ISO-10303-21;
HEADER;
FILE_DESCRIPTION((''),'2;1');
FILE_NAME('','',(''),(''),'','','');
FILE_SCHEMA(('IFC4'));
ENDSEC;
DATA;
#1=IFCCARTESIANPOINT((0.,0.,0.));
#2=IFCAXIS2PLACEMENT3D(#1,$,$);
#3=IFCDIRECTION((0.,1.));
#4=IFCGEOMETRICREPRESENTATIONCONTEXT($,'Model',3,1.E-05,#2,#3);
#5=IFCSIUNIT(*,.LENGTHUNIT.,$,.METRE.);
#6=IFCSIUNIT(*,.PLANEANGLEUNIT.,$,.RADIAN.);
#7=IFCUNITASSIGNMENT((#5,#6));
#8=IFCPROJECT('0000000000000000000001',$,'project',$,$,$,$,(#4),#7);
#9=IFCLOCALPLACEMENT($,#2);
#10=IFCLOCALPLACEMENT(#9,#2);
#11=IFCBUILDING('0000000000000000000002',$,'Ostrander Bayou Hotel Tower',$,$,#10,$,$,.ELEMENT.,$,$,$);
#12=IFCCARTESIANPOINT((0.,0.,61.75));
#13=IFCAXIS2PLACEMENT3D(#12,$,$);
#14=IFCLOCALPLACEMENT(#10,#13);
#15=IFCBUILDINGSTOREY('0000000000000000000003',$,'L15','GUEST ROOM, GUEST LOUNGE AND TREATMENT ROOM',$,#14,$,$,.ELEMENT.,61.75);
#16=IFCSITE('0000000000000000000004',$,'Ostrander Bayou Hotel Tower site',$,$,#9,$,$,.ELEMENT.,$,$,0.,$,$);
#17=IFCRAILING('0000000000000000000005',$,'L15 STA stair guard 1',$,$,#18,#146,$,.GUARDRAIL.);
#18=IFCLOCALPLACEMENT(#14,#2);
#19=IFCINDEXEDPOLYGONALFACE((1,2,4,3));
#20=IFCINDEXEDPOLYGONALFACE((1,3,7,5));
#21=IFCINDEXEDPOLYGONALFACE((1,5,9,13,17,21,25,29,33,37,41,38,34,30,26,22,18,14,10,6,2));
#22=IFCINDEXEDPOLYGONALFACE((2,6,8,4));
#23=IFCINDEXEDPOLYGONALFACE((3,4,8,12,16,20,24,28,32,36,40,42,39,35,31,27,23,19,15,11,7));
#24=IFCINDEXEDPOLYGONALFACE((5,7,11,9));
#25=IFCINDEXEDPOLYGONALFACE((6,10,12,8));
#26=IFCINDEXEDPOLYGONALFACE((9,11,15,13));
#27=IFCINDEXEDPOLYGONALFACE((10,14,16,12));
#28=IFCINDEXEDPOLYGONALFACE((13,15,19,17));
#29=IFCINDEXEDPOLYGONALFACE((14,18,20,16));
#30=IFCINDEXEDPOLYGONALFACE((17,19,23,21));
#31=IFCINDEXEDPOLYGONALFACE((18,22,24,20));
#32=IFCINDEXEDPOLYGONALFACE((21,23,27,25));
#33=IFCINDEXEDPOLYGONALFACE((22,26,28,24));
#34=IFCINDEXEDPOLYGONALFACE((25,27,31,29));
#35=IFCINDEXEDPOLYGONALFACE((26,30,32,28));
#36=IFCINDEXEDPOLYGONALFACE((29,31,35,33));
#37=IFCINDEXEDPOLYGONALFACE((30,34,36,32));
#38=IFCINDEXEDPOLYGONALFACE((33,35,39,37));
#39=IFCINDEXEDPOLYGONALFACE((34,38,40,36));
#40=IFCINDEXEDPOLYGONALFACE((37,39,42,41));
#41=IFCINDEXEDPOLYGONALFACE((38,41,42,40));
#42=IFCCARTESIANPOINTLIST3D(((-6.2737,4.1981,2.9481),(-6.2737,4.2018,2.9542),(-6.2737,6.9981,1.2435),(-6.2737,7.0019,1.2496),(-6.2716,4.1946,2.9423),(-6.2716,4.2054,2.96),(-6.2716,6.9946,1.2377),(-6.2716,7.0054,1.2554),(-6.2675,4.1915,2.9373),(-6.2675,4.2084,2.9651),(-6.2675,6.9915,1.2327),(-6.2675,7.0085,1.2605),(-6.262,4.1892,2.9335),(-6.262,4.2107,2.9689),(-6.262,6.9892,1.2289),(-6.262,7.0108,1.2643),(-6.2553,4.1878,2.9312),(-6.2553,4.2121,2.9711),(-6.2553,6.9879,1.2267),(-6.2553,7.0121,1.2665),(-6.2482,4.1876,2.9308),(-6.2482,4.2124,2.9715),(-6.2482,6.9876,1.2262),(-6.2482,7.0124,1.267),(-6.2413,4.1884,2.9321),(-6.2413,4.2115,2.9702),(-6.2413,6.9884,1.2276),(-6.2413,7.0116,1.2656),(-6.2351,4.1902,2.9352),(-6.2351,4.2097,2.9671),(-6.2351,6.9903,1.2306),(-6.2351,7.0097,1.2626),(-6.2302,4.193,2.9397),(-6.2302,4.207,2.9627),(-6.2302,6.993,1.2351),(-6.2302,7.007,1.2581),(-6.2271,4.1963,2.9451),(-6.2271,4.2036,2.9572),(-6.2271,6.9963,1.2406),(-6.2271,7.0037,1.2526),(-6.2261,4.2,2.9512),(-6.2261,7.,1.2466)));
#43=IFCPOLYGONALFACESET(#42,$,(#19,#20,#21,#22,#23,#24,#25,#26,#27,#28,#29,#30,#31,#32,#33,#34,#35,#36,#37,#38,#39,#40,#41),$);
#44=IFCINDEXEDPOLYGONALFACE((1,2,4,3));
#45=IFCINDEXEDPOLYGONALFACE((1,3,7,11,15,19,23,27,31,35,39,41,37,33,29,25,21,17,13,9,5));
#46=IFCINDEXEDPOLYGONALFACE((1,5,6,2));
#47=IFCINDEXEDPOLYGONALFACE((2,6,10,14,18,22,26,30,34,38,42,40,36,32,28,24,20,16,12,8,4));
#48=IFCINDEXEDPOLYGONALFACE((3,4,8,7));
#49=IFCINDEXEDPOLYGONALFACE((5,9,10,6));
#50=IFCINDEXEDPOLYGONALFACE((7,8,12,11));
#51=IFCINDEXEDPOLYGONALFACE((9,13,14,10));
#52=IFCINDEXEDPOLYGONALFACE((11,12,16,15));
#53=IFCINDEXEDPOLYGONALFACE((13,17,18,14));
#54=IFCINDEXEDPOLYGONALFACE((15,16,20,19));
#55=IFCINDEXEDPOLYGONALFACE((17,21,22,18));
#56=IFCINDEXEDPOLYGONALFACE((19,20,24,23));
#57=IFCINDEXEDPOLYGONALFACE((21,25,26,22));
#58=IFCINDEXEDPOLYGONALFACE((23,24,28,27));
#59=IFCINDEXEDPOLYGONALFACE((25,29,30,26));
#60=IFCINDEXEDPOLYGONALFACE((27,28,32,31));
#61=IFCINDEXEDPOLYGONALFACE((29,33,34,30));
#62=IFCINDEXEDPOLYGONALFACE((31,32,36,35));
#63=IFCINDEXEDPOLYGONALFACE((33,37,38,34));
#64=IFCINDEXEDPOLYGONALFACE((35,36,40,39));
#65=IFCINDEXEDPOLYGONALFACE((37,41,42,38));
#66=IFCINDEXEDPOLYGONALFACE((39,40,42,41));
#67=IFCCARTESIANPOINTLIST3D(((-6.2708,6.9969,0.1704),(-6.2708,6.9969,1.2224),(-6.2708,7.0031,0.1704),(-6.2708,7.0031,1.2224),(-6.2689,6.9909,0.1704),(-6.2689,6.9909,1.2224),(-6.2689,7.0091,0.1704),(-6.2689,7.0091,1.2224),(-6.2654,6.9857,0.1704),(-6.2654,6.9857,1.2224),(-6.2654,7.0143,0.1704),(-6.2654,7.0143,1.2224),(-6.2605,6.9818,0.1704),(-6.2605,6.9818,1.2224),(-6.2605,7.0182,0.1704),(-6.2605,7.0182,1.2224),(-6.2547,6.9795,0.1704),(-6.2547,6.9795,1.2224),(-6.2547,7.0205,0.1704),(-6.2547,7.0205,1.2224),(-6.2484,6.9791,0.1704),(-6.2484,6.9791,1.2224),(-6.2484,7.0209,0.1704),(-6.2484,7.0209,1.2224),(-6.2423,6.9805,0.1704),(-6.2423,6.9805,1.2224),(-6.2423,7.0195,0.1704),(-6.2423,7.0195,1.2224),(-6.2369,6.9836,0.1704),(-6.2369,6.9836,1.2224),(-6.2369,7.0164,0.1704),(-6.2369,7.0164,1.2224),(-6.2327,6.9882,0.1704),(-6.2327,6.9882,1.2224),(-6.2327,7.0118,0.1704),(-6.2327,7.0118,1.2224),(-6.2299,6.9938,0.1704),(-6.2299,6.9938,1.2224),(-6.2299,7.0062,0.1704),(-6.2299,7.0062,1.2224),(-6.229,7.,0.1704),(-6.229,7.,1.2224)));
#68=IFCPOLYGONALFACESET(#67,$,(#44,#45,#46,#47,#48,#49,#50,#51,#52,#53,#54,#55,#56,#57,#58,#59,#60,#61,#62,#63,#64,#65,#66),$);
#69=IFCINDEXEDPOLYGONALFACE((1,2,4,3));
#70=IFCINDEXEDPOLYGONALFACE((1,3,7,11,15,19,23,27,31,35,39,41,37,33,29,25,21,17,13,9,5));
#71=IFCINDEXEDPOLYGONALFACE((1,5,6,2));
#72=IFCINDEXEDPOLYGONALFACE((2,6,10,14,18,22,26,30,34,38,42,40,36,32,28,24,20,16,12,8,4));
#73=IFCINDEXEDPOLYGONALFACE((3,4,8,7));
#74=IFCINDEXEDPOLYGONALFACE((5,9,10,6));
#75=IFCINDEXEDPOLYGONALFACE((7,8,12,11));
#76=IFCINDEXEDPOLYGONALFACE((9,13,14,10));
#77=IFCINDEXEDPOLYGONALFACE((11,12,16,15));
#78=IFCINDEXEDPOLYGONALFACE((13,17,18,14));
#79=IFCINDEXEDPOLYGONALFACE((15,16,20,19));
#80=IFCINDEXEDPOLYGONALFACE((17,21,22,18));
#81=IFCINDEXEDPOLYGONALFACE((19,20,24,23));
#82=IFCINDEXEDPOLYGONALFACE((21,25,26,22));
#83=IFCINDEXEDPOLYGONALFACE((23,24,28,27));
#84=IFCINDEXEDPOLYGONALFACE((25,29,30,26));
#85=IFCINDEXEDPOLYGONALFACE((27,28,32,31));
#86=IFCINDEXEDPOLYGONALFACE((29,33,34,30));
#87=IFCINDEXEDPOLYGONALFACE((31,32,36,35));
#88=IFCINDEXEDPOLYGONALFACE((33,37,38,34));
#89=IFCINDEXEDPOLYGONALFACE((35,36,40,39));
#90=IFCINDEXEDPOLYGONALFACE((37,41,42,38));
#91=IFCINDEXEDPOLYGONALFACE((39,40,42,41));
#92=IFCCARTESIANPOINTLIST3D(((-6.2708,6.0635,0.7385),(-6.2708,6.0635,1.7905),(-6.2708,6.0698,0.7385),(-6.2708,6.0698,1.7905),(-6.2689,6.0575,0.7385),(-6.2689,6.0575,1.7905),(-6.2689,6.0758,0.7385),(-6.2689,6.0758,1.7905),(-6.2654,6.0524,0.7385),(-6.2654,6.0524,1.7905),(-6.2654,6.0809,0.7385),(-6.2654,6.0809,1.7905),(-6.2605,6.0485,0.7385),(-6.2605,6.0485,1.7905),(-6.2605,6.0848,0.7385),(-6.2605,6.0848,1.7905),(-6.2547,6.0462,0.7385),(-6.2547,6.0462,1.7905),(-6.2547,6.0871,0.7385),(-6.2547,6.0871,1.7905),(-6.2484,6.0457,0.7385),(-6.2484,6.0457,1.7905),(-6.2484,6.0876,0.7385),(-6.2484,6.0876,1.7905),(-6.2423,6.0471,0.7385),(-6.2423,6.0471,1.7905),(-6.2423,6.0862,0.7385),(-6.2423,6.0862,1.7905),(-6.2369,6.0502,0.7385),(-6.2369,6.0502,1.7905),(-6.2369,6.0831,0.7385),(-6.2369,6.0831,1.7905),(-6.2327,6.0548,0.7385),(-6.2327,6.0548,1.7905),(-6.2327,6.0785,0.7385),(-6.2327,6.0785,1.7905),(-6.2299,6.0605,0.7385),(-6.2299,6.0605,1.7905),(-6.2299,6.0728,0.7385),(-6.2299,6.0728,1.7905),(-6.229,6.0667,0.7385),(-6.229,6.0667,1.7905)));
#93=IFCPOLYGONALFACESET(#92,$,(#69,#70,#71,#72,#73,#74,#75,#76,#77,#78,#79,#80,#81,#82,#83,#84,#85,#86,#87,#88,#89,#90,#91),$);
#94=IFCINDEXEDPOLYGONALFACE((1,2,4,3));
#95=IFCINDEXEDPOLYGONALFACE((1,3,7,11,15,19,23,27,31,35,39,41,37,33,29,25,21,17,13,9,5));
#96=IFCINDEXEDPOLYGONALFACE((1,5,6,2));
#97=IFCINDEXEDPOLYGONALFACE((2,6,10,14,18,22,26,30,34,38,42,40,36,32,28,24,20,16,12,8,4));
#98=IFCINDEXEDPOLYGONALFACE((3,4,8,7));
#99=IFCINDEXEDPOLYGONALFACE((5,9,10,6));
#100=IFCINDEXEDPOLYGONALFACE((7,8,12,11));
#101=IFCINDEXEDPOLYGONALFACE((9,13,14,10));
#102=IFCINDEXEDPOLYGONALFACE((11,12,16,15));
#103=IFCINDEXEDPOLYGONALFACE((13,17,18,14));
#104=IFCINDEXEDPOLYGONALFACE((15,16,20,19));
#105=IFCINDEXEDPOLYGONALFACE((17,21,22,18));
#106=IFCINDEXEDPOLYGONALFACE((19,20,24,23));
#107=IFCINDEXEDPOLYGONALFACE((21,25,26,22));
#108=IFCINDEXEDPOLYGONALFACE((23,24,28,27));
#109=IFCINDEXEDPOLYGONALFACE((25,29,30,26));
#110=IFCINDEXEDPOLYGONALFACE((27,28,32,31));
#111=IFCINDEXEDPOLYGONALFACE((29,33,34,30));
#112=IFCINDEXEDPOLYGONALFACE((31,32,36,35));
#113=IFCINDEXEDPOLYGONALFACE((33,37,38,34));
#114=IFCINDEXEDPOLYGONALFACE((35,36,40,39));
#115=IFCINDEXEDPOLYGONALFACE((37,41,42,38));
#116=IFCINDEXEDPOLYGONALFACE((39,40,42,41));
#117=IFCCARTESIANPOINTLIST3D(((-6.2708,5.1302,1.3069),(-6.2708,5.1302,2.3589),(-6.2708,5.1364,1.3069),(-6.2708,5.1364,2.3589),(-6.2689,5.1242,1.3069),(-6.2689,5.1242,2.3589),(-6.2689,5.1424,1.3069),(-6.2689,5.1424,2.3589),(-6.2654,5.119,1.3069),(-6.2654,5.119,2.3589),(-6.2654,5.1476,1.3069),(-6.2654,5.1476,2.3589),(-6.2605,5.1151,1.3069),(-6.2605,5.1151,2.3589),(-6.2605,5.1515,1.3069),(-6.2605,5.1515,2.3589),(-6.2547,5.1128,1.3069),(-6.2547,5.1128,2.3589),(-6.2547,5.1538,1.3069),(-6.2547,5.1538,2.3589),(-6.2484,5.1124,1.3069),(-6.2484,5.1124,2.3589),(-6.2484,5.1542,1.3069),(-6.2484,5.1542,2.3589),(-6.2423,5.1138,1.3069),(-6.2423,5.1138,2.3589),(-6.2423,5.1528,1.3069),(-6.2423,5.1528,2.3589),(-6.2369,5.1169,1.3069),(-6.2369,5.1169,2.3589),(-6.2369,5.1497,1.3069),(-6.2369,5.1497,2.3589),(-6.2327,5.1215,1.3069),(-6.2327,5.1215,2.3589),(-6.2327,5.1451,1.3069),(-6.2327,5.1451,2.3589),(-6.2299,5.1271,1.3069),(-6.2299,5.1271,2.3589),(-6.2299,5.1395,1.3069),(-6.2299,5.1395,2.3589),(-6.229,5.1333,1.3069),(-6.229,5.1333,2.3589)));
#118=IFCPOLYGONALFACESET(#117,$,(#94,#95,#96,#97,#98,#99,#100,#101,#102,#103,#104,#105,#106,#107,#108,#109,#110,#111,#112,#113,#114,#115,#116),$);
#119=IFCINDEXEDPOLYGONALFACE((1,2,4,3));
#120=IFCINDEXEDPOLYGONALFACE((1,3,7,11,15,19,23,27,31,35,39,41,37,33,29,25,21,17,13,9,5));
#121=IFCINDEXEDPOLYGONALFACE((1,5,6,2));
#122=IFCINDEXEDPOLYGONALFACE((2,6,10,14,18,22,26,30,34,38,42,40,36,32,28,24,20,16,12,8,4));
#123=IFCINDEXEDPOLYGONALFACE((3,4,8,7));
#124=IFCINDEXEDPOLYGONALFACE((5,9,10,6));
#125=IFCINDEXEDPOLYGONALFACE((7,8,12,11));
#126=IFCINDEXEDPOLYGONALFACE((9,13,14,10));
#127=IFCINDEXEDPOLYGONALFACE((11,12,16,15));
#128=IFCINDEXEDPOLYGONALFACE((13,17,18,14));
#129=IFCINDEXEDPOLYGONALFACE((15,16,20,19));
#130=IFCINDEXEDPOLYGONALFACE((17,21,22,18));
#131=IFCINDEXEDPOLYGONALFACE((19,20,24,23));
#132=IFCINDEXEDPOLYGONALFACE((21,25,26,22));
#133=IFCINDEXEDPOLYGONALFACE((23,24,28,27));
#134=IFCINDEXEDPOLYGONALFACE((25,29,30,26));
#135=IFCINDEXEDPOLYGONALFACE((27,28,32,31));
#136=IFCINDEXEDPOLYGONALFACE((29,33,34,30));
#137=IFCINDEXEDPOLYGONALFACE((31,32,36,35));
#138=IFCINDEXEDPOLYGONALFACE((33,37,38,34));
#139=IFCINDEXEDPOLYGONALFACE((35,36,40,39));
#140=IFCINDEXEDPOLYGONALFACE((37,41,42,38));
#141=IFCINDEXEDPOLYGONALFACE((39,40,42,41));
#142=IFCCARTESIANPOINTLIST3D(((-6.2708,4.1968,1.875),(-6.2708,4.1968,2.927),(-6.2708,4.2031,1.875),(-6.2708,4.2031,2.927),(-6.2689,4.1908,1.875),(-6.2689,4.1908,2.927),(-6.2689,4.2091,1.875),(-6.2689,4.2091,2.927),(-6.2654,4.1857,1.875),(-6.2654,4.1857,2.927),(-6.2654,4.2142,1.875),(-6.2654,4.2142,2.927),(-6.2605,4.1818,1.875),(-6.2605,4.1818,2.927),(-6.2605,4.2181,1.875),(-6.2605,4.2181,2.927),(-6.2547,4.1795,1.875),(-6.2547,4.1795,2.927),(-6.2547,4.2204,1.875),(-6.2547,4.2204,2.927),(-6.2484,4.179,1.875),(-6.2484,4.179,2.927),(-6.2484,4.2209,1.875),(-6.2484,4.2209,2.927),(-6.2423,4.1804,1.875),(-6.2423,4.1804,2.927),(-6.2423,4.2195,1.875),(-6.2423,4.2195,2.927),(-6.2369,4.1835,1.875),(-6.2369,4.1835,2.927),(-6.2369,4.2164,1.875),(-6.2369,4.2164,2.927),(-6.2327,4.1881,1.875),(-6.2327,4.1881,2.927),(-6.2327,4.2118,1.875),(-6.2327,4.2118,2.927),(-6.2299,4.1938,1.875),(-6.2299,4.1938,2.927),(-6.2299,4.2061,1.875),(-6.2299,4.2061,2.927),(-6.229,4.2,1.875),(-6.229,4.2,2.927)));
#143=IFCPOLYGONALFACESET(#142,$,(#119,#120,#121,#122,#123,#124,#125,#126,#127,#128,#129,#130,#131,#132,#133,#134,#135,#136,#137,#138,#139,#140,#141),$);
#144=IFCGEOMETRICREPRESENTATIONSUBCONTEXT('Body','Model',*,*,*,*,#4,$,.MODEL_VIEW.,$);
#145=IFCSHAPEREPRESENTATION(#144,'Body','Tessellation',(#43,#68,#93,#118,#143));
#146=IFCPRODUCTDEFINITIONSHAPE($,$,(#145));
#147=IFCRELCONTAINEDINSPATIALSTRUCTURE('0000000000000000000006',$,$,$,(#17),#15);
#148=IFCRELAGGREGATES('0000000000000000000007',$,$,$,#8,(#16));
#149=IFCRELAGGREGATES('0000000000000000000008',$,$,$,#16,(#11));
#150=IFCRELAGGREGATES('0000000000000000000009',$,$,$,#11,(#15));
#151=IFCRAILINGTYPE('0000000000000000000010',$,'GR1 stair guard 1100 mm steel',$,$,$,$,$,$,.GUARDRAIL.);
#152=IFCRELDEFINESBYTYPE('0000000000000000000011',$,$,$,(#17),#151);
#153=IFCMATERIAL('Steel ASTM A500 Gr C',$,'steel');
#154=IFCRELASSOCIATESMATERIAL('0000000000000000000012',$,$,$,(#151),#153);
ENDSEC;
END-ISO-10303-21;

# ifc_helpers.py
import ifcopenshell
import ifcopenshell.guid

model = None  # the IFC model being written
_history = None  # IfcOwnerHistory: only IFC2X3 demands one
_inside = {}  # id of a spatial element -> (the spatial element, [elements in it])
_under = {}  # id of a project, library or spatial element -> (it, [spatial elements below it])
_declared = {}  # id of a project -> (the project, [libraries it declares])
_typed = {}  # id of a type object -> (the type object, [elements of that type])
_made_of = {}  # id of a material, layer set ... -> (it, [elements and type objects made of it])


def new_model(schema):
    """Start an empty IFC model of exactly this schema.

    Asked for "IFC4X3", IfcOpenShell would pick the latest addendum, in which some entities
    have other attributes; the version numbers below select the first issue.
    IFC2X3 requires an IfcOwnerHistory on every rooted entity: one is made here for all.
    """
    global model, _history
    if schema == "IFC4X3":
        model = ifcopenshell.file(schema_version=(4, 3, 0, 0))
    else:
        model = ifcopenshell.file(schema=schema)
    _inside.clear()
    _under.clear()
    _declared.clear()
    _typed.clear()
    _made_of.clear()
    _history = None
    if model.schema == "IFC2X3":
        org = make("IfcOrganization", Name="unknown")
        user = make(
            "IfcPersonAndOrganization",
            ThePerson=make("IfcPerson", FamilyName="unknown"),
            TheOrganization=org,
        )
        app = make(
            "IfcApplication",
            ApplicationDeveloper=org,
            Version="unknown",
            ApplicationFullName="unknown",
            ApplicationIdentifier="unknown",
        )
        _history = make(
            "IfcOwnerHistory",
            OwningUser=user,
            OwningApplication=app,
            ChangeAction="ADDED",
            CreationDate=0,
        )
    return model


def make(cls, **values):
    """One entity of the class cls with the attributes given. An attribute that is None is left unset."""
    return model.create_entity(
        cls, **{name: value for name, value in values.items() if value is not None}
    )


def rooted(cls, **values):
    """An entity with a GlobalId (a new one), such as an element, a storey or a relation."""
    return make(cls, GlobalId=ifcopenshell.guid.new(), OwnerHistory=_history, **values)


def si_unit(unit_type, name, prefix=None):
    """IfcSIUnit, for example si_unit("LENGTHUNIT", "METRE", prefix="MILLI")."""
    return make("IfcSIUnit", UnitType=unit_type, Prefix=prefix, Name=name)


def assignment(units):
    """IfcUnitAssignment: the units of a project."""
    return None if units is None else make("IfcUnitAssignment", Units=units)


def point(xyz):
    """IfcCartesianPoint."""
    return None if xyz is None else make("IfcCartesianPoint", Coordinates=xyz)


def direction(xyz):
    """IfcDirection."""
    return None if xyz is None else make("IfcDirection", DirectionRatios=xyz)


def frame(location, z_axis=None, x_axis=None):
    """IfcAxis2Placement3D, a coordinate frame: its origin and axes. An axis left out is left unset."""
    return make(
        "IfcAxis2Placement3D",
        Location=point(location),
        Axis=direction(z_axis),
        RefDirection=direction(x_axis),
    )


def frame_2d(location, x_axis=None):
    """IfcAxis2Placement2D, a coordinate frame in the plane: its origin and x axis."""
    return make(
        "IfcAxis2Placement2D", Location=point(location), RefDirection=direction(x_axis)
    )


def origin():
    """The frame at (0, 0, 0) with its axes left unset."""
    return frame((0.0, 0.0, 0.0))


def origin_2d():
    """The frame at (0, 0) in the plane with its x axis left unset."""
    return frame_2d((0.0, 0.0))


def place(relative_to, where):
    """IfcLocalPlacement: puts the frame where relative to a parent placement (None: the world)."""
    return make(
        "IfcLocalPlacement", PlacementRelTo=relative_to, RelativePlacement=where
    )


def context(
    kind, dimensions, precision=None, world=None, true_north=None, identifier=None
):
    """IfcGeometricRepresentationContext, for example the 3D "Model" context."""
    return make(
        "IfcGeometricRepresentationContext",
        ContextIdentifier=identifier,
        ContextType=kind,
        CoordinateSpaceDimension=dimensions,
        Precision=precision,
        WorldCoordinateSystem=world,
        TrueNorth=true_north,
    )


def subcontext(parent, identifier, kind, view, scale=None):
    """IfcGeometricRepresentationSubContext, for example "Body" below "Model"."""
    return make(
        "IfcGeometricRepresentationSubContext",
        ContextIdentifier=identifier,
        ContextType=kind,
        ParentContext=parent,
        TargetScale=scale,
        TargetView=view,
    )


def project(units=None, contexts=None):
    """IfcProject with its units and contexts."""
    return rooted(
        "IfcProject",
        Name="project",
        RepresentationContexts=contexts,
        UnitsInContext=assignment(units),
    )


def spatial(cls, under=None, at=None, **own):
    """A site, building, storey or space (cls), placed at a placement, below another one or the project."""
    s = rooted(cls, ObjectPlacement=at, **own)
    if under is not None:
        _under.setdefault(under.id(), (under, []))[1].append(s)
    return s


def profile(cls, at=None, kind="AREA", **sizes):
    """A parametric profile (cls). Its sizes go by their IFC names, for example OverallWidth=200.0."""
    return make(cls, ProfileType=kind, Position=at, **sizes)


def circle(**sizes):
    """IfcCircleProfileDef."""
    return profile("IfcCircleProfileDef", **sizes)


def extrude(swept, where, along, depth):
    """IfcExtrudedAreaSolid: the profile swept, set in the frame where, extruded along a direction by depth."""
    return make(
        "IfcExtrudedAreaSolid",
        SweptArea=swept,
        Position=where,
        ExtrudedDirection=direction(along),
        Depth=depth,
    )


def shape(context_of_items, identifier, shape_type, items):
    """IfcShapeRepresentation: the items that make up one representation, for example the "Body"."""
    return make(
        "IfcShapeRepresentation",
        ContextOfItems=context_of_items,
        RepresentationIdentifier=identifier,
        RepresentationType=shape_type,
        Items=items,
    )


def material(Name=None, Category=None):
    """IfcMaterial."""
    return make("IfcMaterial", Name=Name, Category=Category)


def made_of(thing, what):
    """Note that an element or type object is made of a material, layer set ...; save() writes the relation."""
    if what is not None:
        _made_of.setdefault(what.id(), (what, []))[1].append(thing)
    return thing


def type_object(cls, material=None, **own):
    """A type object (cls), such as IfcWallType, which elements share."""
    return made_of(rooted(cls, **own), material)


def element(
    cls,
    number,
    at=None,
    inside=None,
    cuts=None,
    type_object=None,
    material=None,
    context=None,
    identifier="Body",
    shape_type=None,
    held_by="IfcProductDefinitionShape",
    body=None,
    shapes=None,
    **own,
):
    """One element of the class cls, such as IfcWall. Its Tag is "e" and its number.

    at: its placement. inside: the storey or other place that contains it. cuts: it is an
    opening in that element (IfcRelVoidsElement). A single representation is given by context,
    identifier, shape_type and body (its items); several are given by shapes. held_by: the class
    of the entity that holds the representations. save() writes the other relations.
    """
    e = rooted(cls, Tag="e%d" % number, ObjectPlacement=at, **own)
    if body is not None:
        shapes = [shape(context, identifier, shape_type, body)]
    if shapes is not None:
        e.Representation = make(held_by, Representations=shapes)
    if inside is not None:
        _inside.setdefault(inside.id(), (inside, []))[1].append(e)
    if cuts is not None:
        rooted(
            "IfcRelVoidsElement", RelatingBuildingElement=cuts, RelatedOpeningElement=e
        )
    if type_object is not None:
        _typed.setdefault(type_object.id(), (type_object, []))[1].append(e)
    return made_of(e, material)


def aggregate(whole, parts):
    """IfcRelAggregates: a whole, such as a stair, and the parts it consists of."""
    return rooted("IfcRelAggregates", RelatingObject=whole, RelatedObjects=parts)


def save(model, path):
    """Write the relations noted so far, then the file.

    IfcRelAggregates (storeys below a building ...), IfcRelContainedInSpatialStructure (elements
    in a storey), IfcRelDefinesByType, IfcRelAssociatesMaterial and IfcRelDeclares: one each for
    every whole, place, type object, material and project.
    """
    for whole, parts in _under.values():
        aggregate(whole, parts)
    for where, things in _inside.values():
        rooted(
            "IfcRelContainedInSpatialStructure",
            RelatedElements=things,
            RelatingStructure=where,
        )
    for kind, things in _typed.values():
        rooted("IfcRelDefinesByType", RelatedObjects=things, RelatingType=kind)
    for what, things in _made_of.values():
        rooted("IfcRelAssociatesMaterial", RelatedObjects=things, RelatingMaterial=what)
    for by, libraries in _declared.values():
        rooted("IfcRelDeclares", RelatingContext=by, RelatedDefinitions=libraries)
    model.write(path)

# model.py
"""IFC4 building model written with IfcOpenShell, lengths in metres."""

from ifc_helpers import new_model, si_unit, direction, frame, origin, origin_2d, place, context, subcontext, project, spatial, circle, extrude, material, type_object, element, save


model = new_model("IFC4")

# Units and contexts
model_context = context("Model", 3, precision=1e-05, world=origin(), true_north=direction((0.0, 1.0)))
body_context = subcontext(model_context, "Body", "Model", "MODEL_VIEW")
ifc_project = project(units=[si_unit("LENGTHUNIT", "METRE"), si_unit("PLANEANGLEUNIT", "RADIAN")], contexts=[model_context])

# Site, building, storey
site_placement = place(None, origin())
site = spatial("IfcSite", under=ifc_project, at=site_placement, Name="Ostrander Bayou Hotel Tower site", CompositionType="ELEMENT", RefElevation=0.0)
building_placement = place(site_placement, origin())
building = spatial("IfcBuilding", under=site, at=building_placement, Name="Ostrander Bayou Hotel Tower", CompositionType="ELEMENT")
storey_placement = place(building_placement, frame((0.0, 0.0, 61.75)))
storey = spatial("IfcBuildingStorey", under=building, at=storey_placement, Name="L15", Description="GUEST ROOM, GUEST LOUNGE AND TREATMENT ROOM", CompositionType="ELEMENT", Elevation=61.75)

# Railing
ifc_material_1 = material(Name="Steel ASTM A500 Gr C", Category="steel")
railing_type_1 = type_object("IfcRailingType", Name="GR1 stair guard 1100 mm steel", PredefinedType="GUARDRAIL", material=ifc_material_1)
railing_1_placement = place(storey_placement, frame((-6.25, 7.0, 0.1704)))
element("IfcRailing", 1, at=railing_1_placement, inside=storey, type_object=railing_type_1, Name="L15 STA stair guard 1", PredefinedType="GUARDRAIL", context=body_context, shape_type="SweptSolid", body=[
    extrude(circle(Radius=0.0239, at=origin_2d()), frame((0.0, 0.0, 1.0762), z_axis=(0.0, -0.85417, 0.519994), x_axis=(1.0, 0.0, 0.0)), (0.0, 0.0, 1.0), 3.2781),
    extrude(circle(Radius=0.021, at=origin_2d()), origin(), (0.0, 0.0, 1.0), 1.052),
    extrude(circle(Radius=0.021, at=origin_2d()), frame((0.0, -0.9333, 0.5681)), (0.0, 0.0, 1.0), 1.052),
    extrude(circle(Radius=0.021, at=origin_2d()), frame((0.0, -1.8667, 1.1365)), (0.0, 0.0, 1.0), 1.052),
    extrude(circle(Radius=0.021, at=origin_2d()), frame((0.0, -2.8, 1.7046)), (0.0, 0.0, 1.0), 1.052),
])

save(model, "model.ifc")
